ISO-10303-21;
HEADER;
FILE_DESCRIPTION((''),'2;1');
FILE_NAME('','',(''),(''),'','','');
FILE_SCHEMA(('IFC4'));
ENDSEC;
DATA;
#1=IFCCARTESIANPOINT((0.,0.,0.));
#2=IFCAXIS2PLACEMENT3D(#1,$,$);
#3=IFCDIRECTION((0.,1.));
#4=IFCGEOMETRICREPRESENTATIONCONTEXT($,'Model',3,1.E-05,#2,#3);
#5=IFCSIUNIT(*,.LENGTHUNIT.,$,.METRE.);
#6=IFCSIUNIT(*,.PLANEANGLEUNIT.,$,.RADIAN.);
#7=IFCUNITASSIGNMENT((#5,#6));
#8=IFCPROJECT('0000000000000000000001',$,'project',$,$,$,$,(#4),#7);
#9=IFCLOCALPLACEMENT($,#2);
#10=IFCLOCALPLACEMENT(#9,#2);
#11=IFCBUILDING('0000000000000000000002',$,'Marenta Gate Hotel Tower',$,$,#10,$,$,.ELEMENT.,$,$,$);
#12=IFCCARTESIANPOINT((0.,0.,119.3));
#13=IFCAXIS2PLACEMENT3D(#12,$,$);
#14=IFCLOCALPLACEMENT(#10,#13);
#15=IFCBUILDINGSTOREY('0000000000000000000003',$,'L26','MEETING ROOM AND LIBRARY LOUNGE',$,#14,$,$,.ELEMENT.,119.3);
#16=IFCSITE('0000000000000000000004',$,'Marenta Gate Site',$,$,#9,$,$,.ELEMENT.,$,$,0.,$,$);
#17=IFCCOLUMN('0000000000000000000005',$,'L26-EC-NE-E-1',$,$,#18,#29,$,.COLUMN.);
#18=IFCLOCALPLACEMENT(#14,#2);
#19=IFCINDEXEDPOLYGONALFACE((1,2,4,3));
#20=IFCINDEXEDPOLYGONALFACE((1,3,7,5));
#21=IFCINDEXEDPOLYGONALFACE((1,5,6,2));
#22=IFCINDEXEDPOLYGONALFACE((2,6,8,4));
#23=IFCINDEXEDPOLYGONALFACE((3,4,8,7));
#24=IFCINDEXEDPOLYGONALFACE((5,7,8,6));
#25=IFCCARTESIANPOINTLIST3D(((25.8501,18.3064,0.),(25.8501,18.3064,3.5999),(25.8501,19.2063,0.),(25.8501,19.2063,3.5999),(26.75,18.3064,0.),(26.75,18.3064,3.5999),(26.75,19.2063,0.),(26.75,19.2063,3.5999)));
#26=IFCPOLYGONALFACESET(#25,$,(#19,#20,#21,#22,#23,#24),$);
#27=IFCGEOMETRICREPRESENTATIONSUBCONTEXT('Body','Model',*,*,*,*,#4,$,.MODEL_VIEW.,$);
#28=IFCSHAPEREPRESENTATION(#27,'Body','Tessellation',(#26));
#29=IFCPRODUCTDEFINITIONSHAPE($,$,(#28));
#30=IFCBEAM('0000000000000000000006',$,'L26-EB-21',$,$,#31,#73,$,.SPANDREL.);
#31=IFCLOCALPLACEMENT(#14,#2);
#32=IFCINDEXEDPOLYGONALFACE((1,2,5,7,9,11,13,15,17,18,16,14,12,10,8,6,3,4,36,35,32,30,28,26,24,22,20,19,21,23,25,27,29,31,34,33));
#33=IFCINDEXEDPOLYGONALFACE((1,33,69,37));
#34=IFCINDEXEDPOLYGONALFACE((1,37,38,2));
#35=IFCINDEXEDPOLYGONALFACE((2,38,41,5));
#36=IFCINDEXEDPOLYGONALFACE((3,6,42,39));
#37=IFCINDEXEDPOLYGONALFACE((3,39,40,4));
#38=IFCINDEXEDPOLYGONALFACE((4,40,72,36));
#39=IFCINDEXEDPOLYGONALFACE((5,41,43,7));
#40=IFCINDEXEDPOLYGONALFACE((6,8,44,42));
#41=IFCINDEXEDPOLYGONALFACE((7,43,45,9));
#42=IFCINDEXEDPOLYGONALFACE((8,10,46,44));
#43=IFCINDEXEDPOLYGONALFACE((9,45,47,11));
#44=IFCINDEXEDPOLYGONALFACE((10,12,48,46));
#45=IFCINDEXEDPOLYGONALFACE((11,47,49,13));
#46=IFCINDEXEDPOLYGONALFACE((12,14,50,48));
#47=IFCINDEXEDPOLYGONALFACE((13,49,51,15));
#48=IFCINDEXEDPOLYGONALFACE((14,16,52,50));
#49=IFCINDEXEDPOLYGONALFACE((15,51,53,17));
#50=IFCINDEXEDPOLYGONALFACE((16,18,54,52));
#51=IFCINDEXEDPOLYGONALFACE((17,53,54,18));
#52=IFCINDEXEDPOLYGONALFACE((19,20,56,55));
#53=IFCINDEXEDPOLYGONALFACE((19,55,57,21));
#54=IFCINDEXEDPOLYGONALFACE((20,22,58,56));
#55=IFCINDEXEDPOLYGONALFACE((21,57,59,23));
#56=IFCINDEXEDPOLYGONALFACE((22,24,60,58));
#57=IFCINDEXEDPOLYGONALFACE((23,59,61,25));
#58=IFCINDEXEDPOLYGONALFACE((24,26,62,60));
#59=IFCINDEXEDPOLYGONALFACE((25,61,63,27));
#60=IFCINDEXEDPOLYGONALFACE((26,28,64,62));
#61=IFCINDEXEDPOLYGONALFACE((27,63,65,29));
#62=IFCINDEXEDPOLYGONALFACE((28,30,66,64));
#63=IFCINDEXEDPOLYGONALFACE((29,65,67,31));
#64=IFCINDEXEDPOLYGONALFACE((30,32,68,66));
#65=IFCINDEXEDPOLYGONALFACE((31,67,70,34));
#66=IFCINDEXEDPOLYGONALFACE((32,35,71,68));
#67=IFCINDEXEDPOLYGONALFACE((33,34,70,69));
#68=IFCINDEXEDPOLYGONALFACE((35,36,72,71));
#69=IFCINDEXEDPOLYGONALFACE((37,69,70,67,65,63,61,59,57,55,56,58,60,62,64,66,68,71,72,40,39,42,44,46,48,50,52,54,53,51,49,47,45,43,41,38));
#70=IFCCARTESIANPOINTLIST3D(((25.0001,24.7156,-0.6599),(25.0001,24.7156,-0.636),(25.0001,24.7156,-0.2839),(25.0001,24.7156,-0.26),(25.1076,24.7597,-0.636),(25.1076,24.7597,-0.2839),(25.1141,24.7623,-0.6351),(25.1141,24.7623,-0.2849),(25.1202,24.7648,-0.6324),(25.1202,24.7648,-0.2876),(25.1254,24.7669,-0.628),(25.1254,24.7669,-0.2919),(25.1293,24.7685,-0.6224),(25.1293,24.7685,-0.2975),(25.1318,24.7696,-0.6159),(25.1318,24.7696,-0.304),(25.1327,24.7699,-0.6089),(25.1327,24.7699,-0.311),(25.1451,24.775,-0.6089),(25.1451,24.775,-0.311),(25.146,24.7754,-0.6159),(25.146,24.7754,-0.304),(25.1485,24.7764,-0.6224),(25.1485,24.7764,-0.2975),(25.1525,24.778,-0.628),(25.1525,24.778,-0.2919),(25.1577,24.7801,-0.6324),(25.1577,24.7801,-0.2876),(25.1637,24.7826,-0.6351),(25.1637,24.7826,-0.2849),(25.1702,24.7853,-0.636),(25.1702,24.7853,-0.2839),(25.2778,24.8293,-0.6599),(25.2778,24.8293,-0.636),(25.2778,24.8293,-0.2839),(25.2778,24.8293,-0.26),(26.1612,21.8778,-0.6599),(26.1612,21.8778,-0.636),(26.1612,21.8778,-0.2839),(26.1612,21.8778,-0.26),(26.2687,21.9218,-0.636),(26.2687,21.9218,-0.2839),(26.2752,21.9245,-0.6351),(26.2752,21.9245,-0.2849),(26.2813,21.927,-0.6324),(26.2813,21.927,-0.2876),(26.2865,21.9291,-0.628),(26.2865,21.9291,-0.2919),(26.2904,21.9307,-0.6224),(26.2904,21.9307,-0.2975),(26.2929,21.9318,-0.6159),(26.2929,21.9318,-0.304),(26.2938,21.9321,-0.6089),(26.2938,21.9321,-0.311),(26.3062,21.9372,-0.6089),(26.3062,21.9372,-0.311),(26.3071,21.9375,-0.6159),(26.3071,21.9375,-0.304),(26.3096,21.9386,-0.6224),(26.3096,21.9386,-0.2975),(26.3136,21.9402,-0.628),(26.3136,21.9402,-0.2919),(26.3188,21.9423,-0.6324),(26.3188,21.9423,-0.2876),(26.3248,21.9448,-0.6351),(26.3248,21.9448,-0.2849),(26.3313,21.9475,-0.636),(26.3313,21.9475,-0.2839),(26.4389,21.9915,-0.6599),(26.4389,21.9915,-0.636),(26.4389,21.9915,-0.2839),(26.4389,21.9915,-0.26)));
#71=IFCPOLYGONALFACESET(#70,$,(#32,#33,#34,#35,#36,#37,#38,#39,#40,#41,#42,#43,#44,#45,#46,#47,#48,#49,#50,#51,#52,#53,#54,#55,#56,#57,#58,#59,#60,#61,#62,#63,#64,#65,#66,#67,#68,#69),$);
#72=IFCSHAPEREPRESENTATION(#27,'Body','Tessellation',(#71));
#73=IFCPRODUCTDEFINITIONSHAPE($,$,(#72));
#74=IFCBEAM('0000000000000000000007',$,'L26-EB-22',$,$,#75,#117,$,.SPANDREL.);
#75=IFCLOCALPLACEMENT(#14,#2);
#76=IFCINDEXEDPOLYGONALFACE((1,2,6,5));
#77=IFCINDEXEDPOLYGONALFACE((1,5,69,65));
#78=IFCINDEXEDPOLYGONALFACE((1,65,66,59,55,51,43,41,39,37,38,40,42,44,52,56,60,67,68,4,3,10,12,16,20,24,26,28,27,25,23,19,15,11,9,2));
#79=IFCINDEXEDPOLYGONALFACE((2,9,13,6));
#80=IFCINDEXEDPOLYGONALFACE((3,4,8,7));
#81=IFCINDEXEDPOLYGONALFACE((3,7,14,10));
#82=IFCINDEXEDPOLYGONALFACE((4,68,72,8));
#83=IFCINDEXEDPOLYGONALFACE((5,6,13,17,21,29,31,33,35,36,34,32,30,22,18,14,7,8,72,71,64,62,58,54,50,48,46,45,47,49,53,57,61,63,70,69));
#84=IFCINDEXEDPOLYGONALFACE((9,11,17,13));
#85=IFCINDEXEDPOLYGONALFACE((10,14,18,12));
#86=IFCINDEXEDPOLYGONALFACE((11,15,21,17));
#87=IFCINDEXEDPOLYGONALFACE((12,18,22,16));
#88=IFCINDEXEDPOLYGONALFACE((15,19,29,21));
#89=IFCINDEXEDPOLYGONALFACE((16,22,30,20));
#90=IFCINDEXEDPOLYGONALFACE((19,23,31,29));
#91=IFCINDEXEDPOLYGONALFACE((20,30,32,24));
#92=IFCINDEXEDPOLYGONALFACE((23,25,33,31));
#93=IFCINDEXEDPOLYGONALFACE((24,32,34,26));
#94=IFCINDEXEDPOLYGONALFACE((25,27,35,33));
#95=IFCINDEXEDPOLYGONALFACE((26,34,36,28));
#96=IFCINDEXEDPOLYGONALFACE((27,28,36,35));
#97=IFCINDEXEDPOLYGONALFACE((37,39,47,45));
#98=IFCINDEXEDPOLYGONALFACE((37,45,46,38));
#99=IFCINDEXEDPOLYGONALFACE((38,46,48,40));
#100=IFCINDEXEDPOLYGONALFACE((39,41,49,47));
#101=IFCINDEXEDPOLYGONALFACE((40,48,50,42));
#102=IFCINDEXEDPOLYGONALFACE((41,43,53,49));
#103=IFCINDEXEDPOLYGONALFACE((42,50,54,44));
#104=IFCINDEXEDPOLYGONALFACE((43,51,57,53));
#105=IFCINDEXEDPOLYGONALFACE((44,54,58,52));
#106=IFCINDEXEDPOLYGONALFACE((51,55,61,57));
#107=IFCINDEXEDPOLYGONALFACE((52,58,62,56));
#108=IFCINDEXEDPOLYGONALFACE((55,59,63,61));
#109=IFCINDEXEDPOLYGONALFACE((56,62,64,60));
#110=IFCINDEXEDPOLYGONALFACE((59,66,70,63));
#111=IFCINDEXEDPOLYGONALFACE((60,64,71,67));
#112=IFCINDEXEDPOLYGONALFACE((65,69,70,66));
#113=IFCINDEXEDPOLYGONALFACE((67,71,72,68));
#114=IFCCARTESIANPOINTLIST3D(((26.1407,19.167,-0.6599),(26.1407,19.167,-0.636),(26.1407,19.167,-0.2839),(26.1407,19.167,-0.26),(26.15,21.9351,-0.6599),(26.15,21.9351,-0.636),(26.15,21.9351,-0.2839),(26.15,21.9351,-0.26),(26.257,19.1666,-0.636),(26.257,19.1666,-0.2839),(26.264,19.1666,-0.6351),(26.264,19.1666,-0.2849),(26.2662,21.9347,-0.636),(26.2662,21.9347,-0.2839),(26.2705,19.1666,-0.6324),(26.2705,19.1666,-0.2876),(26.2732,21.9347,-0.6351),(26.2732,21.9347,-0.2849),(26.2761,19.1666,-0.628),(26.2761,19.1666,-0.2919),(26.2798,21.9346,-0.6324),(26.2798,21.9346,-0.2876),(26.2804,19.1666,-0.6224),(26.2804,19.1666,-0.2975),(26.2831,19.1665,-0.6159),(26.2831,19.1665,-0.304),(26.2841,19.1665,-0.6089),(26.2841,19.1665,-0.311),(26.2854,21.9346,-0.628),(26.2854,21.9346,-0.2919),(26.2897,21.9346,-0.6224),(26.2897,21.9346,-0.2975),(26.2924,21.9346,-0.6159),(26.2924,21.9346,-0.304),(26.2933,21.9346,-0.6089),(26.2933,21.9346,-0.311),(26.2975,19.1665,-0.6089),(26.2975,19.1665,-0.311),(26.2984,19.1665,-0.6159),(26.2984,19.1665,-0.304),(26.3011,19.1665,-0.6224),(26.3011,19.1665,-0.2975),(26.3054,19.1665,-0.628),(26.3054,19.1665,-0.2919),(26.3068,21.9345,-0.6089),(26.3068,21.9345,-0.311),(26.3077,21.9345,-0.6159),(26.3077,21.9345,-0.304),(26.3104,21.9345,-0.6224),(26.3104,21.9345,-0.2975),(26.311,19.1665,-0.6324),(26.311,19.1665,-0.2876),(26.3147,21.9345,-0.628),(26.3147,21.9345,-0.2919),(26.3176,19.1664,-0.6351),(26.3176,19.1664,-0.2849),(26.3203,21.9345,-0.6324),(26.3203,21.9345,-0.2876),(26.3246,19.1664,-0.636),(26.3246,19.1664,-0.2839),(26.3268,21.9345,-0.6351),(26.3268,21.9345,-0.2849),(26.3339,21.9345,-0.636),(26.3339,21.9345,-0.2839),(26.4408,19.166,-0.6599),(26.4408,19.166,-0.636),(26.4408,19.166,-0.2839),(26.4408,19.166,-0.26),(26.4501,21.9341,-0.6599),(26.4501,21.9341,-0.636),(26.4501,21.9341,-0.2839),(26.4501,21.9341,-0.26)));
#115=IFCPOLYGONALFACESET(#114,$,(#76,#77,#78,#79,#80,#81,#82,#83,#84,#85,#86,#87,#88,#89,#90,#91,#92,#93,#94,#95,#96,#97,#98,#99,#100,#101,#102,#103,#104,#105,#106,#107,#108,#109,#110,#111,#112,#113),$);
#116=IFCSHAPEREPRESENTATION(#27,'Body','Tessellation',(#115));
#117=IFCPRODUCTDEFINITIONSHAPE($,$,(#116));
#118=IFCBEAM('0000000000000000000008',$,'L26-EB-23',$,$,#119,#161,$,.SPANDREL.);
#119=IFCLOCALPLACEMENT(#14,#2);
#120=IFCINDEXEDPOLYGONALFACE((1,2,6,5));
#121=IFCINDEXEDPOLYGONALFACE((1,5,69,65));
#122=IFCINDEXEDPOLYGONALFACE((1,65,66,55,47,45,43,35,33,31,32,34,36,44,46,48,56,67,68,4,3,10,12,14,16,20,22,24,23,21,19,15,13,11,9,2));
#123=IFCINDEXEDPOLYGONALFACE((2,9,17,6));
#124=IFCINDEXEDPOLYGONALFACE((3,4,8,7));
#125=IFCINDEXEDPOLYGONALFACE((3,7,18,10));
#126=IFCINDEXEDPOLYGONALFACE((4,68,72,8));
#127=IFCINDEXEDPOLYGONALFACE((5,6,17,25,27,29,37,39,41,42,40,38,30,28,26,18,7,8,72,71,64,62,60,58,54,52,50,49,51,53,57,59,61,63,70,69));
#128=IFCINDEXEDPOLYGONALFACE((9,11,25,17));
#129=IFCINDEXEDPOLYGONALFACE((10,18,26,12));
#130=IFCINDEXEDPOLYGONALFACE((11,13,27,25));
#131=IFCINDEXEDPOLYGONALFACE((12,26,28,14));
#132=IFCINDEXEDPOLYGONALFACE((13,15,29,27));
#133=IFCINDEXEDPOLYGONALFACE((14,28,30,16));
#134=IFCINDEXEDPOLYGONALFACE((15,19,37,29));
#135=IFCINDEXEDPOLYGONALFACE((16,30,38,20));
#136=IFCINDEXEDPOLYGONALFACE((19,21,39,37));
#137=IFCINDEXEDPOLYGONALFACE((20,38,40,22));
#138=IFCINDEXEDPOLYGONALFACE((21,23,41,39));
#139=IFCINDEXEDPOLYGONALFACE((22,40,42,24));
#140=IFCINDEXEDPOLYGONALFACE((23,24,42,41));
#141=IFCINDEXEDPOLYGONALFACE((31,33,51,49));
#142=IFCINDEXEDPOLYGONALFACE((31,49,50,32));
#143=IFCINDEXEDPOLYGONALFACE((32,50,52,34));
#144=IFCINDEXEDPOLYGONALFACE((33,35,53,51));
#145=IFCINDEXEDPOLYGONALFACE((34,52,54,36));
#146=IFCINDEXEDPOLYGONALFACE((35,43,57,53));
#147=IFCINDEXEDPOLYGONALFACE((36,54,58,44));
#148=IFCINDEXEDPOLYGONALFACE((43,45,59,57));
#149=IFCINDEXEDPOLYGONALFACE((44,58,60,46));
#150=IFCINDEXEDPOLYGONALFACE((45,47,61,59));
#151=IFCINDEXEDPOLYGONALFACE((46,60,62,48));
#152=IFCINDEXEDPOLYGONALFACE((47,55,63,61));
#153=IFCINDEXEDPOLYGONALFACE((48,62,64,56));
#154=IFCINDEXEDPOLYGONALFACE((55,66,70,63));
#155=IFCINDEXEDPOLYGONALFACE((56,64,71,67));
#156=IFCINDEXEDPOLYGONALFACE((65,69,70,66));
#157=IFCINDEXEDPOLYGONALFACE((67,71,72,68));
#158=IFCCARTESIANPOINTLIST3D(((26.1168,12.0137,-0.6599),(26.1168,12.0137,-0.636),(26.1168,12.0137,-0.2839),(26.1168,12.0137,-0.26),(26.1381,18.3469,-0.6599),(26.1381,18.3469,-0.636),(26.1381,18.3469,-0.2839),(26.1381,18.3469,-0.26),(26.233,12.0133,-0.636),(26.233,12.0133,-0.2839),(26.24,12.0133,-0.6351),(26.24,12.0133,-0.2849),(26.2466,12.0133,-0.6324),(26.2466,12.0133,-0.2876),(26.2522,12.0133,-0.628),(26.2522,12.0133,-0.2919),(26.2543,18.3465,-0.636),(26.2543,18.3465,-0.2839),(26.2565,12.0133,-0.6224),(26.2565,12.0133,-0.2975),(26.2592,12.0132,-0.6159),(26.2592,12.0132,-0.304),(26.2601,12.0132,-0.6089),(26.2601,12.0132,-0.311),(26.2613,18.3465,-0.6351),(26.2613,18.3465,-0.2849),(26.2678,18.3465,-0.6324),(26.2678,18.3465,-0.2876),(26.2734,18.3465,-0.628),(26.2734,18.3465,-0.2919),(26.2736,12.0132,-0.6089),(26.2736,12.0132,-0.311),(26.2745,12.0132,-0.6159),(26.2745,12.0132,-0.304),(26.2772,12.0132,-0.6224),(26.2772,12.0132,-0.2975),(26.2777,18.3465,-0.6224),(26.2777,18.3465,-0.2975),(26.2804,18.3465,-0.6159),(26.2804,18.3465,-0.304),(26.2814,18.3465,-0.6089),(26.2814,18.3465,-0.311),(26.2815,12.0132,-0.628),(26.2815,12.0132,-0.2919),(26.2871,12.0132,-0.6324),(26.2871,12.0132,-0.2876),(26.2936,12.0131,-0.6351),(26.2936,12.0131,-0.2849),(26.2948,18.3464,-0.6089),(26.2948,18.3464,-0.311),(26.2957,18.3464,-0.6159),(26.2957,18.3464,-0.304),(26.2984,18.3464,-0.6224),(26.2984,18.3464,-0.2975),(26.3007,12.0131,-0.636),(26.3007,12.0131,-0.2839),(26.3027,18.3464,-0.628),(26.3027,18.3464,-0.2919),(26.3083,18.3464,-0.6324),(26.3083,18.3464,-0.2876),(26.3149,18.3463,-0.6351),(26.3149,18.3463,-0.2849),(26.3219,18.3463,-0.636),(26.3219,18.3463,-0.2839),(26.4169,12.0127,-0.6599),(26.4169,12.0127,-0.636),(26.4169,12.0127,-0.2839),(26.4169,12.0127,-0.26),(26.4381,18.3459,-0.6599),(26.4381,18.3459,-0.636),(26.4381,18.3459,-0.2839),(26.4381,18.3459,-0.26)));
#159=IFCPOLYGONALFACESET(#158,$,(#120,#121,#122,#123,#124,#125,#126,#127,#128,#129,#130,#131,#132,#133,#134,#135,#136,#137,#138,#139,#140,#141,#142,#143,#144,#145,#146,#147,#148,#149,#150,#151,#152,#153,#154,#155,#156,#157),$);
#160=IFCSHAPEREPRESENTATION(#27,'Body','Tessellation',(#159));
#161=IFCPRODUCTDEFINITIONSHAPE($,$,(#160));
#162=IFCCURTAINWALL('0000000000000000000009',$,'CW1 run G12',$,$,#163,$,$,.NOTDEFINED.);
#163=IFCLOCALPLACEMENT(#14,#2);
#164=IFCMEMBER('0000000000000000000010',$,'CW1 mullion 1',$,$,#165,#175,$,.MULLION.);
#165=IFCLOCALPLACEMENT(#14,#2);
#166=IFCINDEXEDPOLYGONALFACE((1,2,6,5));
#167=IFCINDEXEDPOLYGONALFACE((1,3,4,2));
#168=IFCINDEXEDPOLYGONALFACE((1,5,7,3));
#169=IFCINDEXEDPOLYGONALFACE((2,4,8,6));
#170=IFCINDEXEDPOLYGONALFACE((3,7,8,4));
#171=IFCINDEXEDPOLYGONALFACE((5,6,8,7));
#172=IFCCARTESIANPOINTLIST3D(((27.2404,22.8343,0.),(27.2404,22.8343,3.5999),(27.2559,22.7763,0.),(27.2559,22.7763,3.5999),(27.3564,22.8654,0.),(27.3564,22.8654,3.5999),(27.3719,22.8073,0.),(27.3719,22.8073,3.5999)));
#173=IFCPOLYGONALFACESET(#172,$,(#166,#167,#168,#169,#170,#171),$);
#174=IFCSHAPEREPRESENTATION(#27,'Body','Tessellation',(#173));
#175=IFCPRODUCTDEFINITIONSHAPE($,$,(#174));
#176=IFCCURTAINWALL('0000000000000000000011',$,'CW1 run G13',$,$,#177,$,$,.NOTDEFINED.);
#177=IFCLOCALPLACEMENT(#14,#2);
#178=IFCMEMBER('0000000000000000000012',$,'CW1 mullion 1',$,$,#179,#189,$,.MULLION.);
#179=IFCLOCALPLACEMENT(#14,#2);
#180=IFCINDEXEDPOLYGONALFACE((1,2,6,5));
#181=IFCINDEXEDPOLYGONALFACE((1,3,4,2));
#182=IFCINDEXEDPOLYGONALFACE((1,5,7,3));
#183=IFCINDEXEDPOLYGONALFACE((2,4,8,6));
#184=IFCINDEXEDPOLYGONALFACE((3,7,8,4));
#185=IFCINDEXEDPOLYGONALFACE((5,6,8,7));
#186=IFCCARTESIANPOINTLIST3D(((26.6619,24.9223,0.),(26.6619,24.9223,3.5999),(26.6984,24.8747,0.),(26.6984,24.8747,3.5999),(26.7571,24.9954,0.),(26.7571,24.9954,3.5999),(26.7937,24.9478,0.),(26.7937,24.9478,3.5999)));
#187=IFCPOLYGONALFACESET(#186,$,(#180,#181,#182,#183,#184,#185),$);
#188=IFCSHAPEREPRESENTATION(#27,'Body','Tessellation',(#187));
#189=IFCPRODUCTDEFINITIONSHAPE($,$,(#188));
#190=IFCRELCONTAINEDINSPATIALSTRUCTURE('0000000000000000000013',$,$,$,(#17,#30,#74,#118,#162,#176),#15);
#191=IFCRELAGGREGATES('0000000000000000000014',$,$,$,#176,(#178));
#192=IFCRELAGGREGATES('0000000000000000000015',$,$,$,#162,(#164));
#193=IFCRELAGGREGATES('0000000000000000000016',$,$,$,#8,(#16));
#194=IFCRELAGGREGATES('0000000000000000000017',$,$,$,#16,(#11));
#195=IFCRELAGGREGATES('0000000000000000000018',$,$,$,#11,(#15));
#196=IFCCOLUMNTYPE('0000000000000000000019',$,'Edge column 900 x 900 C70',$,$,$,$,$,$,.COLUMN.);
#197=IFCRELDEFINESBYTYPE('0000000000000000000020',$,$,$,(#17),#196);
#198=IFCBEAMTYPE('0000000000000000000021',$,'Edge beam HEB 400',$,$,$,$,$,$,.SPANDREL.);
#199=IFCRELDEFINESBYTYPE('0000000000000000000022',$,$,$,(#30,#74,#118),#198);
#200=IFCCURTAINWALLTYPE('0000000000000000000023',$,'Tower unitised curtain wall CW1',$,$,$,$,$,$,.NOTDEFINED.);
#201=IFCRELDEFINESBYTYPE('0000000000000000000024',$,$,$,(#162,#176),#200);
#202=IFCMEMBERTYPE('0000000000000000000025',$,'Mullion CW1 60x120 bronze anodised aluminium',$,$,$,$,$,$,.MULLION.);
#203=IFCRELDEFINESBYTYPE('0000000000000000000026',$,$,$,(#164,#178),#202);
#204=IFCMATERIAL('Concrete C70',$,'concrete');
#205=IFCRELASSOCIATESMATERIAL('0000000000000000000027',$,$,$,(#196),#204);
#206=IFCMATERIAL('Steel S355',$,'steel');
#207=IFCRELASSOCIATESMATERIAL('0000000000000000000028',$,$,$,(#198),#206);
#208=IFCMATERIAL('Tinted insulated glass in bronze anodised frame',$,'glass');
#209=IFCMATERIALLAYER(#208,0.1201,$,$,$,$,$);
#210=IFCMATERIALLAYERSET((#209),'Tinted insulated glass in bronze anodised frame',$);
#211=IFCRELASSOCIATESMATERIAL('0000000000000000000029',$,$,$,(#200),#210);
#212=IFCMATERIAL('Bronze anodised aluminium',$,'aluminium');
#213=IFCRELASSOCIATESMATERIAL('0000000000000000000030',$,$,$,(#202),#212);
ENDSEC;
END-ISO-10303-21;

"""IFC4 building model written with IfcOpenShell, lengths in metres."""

from ifc_helpers import new_model, si_unit, direction, frame, origin, origin_2d, place, context, subcontext, project, spatial, rectangle, i_section, extrude, material, layer, layer_set, material_profile, profile_set, type_object, element, aggregate, save


model = new_model("IFC4")

# Units and contexts
model_context = context("Model", 3, precision=1e-05, world=origin(), true_north=direction((0.0, 1.0)))
body_context = subcontext(model_context, "Body", "Model", "MODEL_VIEW")
ifc_project = project(units=[si_unit("LENGTHUNIT", "METRE"), si_unit("PLANEANGLEUNIT", "RADIAN")], contexts=[model_context])

# Site, building, storey
site_placement = place(None, origin())
site = spatial("IfcSite", under=ifc_project, at=site_placement, Name="Marenta Gate Site", CompositionType="ELEMENT", RefElevation=0.0)
building_placement = place(site_placement, origin())
building = spatial("IfcBuilding", under=site, at=building_placement, Name="Marenta Gate Hotel Tower", CompositionType="ELEMENT")
storey_placement = place(building_placement, frame((0.0, 0.0, 119.3)))
storey = spatial("IfcBuildingStorey", under=building, at=storey_placement, Name="L26", Description="MEETING ROOM AND LIBRARY LOUNGE", CompositionType="ELEMENT", Elevation=119.3)

# Column
ifc_material_1 = material(Name="Concrete C70", Category="concrete")
ifc_material_profile_1 = material_profile(ifc_material_1, rectangle(XDim=0.8999, YDim=0.8999, at=origin_2d()), Name="900 x 900")
ifc_profile_set_1 = profile_set([ifc_material_profile_1], Name="Concrete C70")
column_type = type_object("IfcColumnType", Name="Edge column 900 x 900 C70", PredefinedType="COLUMN", material=ifc_profile_set_1)
column_placement = place(storey_placement, frame((26.3, 18.7563, 0.0), z_axis=(0.0, 0.0, 1.0), x_axis=(1.0, 0.0, 0.0)))
element("IfcColumn", 1, at=column_placement, inside=storey, type_object=column_type, Name="L26-EC-NE-E-1", PredefinedType="COLUMN", context=body_context, shape_type="SweptSolid", body=[
    extrude(rectangle(XDim=0.8999, YDim=0.8999, at=origin_2d()), origin(), (0.0, 0.0, 1.0), 3.5999),
])

# Beams
ifc_material_2 = material(Name="Steel S355", Category="steel")
ifc_material_profile_2 = material_profile(ifc_material_2, i_section(OverallWidth=0.3, OverallDepth=0.3999, WebThickness=0.0134, FlangeThickness=0.0239, FilletRadius=0.0271, at=origin_2d()), Name="HEB 400")
ifc_profile_set_2 = profile_set([ifc_material_profile_2], Name="Steel S355")
beam_type = type_object("IfcBeamType", Name="Edge beam HEB 400", PredefinedType="SPANDREL", material=ifc_profile_set_2)
beam_1_placement = place(storey_placement, frame((25.1389, 24.7725, -0.46), z_axis=(0.378682, -0.925527, 0.0), x_axis=(0.925527, 0.378682, 0.0)))
element("IfcBeam", 2, at=beam_1_placement, inside=storey, type_object=beam_type, Name="L26-EB-21", PredefinedType="SPANDREL", context=body_context, shape_type="SweptSolid", body=[
    extrude(i_section(OverallWidth=0.3, OverallDepth=0.3999, WebThickness=0.0134, FlangeThickness=0.0239, FilletRadius=0.0271, at=origin_2d()), origin(), (0.0, 0.0, 1.0), 3.0662),
])
beam_2_placement = place(storey_placement, frame((26.3, 21.9346, -0.46), z_axis=(-0.003352, -0.999994, 0.0), x_axis=(0.999994, -0.003352, 0.0)))
element("IfcBeam", 3, at=beam_2_placement, inside=storey, type_object=beam_type, Name="L26-EB-22", PredefinedType="SPANDREL", context=body_context, shape_type="SweptSolid", body=[
    extrude(i_section(OverallWidth=0.3, OverallDepth=0.3999, WebThickness=0.0134, FlangeThickness=0.0239, FilletRadius=0.0271, at=origin_2d()), origin(), (0.0, 0.0, 1.0), 2.7681),
])
beam_3_placement = place(storey_placement, frame((26.2881, 18.3464, -0.46), z_axis=(-0.003354, -0.999994, 0.0), x_axis=(0.999994, -0.003354, 0.0)))
element("IfcBeam", 4, at=beam_3_placement, inside=storey, type_object=beam_type, Name="L26-EB-23", PredefinedType="SPANDREL", context=body_context, shape_type="SweptSolid", body=[
    extrude(i_section(OverallWidth=0.3, OverallDepth=0.3999, WebThickness=0.0134, FlangeThickness=0.0239, FilletRadius=0.0271, at=origin_2d()), origin(), (0.0, 0.0, 1.0), 6.3333),
])

# Curtain walls, members
ifc_material_3 = material(Name="Tinted insulated glass in bronze anodised frame", Category="glass")
ifc_layer_1 = layer(ifc_material_3, 0.1201)
ifc_layer_set_1 = layer_set([ifc_layer_1], Name="Tinted insulated glass in bronze anodised frame")
curtain_wall_type = type_object("IfcCurtainWallType", Name="Tower unitised curtain wall CW1", PredefinedType="NOTDEFINED", material=ifc_layer_set_1)
curtain_wall_1_placement = place(storey_placement, origin())
curtain_wall_1 = element("IfcCurtainWall", 5, at=curtain_wall_1_placement, inside=storey, type_object=curtain_wall_type, Name="CW1 run G12", PredefinedType="NOTDEFINED")
ifc_material_4 = material(Name="Bronze anodised aluminium", Category="aluminium")
ifc_material_profile_3 = material_profile(ifc_material_4, rectangle(XDim=0.1201, YDim=0.0601, at=origin_2d()), Name="Mullion CW1 60x120 bronze anodised aluminium")
ifc_profile_set_3 = profile_set([ifc_material_profile_3], Name="Bronze anodised aluminium")
member_type_1 = type_object("IfcMemberType", Name="Mullion CW1 60x120 bronze anodised aluminium", PredefinedType="MULLION", material=ifc_profile_set_3)
member_1_placement = place(storey_placement, frame((27.3062, 22.8208, 0.0), z_axis=(0.0, 0.0, 1.0), x_axis=(-0.965925, -0.258823, 0.0)))
member_1 = element("IfcMember", 6, at=member_1_placement, type_object=member_type_1, Name="CW1 mullion 1", PredefinedType="MULLION", context=body_context, shape_type="SweptSolid", body=[
    extrude(rectangle(XDim=0.1201, YDim=0.0601, at=origin_2d()), origin(), (0.0, 0.0, 1.0), 3.5999),
])
curtain_wall_2_placement = place(storey_placement, origin())
curtain_wall_2 = element("IfcCurtainWall", 7, at=curtain_wall_2_placement, inside=storey, type_object=curtain_wall_type, Name="CW1 run G13", PredefinedType="NOTDEFINED")
member_2_placement = place(storey_placement, frame((26.7278, 24.9351, 0.0), z_axis=(0.0, 0.0, 1.0), x_axis=(-0.793327, -0.608796, 0.0)))
member_2 = element("IfcMember", 8, at=member_2_placement, type_object=member_type_1, Name="CW1 mullion 1", PredefinedType="MULLION", context=body_context, shape_type="SweptSolid", body=[
    extrude(rectangle(XDim=0.1201, YDim=0.0601, at=origin_2d()), origin(), (0.0, 0.0, 1.0), 3.5999),
])
aggregate(curtain_wall_2, [member_2])

aggregate(curtain_wall_1, [member_1])

save(model, "model.ifc")
